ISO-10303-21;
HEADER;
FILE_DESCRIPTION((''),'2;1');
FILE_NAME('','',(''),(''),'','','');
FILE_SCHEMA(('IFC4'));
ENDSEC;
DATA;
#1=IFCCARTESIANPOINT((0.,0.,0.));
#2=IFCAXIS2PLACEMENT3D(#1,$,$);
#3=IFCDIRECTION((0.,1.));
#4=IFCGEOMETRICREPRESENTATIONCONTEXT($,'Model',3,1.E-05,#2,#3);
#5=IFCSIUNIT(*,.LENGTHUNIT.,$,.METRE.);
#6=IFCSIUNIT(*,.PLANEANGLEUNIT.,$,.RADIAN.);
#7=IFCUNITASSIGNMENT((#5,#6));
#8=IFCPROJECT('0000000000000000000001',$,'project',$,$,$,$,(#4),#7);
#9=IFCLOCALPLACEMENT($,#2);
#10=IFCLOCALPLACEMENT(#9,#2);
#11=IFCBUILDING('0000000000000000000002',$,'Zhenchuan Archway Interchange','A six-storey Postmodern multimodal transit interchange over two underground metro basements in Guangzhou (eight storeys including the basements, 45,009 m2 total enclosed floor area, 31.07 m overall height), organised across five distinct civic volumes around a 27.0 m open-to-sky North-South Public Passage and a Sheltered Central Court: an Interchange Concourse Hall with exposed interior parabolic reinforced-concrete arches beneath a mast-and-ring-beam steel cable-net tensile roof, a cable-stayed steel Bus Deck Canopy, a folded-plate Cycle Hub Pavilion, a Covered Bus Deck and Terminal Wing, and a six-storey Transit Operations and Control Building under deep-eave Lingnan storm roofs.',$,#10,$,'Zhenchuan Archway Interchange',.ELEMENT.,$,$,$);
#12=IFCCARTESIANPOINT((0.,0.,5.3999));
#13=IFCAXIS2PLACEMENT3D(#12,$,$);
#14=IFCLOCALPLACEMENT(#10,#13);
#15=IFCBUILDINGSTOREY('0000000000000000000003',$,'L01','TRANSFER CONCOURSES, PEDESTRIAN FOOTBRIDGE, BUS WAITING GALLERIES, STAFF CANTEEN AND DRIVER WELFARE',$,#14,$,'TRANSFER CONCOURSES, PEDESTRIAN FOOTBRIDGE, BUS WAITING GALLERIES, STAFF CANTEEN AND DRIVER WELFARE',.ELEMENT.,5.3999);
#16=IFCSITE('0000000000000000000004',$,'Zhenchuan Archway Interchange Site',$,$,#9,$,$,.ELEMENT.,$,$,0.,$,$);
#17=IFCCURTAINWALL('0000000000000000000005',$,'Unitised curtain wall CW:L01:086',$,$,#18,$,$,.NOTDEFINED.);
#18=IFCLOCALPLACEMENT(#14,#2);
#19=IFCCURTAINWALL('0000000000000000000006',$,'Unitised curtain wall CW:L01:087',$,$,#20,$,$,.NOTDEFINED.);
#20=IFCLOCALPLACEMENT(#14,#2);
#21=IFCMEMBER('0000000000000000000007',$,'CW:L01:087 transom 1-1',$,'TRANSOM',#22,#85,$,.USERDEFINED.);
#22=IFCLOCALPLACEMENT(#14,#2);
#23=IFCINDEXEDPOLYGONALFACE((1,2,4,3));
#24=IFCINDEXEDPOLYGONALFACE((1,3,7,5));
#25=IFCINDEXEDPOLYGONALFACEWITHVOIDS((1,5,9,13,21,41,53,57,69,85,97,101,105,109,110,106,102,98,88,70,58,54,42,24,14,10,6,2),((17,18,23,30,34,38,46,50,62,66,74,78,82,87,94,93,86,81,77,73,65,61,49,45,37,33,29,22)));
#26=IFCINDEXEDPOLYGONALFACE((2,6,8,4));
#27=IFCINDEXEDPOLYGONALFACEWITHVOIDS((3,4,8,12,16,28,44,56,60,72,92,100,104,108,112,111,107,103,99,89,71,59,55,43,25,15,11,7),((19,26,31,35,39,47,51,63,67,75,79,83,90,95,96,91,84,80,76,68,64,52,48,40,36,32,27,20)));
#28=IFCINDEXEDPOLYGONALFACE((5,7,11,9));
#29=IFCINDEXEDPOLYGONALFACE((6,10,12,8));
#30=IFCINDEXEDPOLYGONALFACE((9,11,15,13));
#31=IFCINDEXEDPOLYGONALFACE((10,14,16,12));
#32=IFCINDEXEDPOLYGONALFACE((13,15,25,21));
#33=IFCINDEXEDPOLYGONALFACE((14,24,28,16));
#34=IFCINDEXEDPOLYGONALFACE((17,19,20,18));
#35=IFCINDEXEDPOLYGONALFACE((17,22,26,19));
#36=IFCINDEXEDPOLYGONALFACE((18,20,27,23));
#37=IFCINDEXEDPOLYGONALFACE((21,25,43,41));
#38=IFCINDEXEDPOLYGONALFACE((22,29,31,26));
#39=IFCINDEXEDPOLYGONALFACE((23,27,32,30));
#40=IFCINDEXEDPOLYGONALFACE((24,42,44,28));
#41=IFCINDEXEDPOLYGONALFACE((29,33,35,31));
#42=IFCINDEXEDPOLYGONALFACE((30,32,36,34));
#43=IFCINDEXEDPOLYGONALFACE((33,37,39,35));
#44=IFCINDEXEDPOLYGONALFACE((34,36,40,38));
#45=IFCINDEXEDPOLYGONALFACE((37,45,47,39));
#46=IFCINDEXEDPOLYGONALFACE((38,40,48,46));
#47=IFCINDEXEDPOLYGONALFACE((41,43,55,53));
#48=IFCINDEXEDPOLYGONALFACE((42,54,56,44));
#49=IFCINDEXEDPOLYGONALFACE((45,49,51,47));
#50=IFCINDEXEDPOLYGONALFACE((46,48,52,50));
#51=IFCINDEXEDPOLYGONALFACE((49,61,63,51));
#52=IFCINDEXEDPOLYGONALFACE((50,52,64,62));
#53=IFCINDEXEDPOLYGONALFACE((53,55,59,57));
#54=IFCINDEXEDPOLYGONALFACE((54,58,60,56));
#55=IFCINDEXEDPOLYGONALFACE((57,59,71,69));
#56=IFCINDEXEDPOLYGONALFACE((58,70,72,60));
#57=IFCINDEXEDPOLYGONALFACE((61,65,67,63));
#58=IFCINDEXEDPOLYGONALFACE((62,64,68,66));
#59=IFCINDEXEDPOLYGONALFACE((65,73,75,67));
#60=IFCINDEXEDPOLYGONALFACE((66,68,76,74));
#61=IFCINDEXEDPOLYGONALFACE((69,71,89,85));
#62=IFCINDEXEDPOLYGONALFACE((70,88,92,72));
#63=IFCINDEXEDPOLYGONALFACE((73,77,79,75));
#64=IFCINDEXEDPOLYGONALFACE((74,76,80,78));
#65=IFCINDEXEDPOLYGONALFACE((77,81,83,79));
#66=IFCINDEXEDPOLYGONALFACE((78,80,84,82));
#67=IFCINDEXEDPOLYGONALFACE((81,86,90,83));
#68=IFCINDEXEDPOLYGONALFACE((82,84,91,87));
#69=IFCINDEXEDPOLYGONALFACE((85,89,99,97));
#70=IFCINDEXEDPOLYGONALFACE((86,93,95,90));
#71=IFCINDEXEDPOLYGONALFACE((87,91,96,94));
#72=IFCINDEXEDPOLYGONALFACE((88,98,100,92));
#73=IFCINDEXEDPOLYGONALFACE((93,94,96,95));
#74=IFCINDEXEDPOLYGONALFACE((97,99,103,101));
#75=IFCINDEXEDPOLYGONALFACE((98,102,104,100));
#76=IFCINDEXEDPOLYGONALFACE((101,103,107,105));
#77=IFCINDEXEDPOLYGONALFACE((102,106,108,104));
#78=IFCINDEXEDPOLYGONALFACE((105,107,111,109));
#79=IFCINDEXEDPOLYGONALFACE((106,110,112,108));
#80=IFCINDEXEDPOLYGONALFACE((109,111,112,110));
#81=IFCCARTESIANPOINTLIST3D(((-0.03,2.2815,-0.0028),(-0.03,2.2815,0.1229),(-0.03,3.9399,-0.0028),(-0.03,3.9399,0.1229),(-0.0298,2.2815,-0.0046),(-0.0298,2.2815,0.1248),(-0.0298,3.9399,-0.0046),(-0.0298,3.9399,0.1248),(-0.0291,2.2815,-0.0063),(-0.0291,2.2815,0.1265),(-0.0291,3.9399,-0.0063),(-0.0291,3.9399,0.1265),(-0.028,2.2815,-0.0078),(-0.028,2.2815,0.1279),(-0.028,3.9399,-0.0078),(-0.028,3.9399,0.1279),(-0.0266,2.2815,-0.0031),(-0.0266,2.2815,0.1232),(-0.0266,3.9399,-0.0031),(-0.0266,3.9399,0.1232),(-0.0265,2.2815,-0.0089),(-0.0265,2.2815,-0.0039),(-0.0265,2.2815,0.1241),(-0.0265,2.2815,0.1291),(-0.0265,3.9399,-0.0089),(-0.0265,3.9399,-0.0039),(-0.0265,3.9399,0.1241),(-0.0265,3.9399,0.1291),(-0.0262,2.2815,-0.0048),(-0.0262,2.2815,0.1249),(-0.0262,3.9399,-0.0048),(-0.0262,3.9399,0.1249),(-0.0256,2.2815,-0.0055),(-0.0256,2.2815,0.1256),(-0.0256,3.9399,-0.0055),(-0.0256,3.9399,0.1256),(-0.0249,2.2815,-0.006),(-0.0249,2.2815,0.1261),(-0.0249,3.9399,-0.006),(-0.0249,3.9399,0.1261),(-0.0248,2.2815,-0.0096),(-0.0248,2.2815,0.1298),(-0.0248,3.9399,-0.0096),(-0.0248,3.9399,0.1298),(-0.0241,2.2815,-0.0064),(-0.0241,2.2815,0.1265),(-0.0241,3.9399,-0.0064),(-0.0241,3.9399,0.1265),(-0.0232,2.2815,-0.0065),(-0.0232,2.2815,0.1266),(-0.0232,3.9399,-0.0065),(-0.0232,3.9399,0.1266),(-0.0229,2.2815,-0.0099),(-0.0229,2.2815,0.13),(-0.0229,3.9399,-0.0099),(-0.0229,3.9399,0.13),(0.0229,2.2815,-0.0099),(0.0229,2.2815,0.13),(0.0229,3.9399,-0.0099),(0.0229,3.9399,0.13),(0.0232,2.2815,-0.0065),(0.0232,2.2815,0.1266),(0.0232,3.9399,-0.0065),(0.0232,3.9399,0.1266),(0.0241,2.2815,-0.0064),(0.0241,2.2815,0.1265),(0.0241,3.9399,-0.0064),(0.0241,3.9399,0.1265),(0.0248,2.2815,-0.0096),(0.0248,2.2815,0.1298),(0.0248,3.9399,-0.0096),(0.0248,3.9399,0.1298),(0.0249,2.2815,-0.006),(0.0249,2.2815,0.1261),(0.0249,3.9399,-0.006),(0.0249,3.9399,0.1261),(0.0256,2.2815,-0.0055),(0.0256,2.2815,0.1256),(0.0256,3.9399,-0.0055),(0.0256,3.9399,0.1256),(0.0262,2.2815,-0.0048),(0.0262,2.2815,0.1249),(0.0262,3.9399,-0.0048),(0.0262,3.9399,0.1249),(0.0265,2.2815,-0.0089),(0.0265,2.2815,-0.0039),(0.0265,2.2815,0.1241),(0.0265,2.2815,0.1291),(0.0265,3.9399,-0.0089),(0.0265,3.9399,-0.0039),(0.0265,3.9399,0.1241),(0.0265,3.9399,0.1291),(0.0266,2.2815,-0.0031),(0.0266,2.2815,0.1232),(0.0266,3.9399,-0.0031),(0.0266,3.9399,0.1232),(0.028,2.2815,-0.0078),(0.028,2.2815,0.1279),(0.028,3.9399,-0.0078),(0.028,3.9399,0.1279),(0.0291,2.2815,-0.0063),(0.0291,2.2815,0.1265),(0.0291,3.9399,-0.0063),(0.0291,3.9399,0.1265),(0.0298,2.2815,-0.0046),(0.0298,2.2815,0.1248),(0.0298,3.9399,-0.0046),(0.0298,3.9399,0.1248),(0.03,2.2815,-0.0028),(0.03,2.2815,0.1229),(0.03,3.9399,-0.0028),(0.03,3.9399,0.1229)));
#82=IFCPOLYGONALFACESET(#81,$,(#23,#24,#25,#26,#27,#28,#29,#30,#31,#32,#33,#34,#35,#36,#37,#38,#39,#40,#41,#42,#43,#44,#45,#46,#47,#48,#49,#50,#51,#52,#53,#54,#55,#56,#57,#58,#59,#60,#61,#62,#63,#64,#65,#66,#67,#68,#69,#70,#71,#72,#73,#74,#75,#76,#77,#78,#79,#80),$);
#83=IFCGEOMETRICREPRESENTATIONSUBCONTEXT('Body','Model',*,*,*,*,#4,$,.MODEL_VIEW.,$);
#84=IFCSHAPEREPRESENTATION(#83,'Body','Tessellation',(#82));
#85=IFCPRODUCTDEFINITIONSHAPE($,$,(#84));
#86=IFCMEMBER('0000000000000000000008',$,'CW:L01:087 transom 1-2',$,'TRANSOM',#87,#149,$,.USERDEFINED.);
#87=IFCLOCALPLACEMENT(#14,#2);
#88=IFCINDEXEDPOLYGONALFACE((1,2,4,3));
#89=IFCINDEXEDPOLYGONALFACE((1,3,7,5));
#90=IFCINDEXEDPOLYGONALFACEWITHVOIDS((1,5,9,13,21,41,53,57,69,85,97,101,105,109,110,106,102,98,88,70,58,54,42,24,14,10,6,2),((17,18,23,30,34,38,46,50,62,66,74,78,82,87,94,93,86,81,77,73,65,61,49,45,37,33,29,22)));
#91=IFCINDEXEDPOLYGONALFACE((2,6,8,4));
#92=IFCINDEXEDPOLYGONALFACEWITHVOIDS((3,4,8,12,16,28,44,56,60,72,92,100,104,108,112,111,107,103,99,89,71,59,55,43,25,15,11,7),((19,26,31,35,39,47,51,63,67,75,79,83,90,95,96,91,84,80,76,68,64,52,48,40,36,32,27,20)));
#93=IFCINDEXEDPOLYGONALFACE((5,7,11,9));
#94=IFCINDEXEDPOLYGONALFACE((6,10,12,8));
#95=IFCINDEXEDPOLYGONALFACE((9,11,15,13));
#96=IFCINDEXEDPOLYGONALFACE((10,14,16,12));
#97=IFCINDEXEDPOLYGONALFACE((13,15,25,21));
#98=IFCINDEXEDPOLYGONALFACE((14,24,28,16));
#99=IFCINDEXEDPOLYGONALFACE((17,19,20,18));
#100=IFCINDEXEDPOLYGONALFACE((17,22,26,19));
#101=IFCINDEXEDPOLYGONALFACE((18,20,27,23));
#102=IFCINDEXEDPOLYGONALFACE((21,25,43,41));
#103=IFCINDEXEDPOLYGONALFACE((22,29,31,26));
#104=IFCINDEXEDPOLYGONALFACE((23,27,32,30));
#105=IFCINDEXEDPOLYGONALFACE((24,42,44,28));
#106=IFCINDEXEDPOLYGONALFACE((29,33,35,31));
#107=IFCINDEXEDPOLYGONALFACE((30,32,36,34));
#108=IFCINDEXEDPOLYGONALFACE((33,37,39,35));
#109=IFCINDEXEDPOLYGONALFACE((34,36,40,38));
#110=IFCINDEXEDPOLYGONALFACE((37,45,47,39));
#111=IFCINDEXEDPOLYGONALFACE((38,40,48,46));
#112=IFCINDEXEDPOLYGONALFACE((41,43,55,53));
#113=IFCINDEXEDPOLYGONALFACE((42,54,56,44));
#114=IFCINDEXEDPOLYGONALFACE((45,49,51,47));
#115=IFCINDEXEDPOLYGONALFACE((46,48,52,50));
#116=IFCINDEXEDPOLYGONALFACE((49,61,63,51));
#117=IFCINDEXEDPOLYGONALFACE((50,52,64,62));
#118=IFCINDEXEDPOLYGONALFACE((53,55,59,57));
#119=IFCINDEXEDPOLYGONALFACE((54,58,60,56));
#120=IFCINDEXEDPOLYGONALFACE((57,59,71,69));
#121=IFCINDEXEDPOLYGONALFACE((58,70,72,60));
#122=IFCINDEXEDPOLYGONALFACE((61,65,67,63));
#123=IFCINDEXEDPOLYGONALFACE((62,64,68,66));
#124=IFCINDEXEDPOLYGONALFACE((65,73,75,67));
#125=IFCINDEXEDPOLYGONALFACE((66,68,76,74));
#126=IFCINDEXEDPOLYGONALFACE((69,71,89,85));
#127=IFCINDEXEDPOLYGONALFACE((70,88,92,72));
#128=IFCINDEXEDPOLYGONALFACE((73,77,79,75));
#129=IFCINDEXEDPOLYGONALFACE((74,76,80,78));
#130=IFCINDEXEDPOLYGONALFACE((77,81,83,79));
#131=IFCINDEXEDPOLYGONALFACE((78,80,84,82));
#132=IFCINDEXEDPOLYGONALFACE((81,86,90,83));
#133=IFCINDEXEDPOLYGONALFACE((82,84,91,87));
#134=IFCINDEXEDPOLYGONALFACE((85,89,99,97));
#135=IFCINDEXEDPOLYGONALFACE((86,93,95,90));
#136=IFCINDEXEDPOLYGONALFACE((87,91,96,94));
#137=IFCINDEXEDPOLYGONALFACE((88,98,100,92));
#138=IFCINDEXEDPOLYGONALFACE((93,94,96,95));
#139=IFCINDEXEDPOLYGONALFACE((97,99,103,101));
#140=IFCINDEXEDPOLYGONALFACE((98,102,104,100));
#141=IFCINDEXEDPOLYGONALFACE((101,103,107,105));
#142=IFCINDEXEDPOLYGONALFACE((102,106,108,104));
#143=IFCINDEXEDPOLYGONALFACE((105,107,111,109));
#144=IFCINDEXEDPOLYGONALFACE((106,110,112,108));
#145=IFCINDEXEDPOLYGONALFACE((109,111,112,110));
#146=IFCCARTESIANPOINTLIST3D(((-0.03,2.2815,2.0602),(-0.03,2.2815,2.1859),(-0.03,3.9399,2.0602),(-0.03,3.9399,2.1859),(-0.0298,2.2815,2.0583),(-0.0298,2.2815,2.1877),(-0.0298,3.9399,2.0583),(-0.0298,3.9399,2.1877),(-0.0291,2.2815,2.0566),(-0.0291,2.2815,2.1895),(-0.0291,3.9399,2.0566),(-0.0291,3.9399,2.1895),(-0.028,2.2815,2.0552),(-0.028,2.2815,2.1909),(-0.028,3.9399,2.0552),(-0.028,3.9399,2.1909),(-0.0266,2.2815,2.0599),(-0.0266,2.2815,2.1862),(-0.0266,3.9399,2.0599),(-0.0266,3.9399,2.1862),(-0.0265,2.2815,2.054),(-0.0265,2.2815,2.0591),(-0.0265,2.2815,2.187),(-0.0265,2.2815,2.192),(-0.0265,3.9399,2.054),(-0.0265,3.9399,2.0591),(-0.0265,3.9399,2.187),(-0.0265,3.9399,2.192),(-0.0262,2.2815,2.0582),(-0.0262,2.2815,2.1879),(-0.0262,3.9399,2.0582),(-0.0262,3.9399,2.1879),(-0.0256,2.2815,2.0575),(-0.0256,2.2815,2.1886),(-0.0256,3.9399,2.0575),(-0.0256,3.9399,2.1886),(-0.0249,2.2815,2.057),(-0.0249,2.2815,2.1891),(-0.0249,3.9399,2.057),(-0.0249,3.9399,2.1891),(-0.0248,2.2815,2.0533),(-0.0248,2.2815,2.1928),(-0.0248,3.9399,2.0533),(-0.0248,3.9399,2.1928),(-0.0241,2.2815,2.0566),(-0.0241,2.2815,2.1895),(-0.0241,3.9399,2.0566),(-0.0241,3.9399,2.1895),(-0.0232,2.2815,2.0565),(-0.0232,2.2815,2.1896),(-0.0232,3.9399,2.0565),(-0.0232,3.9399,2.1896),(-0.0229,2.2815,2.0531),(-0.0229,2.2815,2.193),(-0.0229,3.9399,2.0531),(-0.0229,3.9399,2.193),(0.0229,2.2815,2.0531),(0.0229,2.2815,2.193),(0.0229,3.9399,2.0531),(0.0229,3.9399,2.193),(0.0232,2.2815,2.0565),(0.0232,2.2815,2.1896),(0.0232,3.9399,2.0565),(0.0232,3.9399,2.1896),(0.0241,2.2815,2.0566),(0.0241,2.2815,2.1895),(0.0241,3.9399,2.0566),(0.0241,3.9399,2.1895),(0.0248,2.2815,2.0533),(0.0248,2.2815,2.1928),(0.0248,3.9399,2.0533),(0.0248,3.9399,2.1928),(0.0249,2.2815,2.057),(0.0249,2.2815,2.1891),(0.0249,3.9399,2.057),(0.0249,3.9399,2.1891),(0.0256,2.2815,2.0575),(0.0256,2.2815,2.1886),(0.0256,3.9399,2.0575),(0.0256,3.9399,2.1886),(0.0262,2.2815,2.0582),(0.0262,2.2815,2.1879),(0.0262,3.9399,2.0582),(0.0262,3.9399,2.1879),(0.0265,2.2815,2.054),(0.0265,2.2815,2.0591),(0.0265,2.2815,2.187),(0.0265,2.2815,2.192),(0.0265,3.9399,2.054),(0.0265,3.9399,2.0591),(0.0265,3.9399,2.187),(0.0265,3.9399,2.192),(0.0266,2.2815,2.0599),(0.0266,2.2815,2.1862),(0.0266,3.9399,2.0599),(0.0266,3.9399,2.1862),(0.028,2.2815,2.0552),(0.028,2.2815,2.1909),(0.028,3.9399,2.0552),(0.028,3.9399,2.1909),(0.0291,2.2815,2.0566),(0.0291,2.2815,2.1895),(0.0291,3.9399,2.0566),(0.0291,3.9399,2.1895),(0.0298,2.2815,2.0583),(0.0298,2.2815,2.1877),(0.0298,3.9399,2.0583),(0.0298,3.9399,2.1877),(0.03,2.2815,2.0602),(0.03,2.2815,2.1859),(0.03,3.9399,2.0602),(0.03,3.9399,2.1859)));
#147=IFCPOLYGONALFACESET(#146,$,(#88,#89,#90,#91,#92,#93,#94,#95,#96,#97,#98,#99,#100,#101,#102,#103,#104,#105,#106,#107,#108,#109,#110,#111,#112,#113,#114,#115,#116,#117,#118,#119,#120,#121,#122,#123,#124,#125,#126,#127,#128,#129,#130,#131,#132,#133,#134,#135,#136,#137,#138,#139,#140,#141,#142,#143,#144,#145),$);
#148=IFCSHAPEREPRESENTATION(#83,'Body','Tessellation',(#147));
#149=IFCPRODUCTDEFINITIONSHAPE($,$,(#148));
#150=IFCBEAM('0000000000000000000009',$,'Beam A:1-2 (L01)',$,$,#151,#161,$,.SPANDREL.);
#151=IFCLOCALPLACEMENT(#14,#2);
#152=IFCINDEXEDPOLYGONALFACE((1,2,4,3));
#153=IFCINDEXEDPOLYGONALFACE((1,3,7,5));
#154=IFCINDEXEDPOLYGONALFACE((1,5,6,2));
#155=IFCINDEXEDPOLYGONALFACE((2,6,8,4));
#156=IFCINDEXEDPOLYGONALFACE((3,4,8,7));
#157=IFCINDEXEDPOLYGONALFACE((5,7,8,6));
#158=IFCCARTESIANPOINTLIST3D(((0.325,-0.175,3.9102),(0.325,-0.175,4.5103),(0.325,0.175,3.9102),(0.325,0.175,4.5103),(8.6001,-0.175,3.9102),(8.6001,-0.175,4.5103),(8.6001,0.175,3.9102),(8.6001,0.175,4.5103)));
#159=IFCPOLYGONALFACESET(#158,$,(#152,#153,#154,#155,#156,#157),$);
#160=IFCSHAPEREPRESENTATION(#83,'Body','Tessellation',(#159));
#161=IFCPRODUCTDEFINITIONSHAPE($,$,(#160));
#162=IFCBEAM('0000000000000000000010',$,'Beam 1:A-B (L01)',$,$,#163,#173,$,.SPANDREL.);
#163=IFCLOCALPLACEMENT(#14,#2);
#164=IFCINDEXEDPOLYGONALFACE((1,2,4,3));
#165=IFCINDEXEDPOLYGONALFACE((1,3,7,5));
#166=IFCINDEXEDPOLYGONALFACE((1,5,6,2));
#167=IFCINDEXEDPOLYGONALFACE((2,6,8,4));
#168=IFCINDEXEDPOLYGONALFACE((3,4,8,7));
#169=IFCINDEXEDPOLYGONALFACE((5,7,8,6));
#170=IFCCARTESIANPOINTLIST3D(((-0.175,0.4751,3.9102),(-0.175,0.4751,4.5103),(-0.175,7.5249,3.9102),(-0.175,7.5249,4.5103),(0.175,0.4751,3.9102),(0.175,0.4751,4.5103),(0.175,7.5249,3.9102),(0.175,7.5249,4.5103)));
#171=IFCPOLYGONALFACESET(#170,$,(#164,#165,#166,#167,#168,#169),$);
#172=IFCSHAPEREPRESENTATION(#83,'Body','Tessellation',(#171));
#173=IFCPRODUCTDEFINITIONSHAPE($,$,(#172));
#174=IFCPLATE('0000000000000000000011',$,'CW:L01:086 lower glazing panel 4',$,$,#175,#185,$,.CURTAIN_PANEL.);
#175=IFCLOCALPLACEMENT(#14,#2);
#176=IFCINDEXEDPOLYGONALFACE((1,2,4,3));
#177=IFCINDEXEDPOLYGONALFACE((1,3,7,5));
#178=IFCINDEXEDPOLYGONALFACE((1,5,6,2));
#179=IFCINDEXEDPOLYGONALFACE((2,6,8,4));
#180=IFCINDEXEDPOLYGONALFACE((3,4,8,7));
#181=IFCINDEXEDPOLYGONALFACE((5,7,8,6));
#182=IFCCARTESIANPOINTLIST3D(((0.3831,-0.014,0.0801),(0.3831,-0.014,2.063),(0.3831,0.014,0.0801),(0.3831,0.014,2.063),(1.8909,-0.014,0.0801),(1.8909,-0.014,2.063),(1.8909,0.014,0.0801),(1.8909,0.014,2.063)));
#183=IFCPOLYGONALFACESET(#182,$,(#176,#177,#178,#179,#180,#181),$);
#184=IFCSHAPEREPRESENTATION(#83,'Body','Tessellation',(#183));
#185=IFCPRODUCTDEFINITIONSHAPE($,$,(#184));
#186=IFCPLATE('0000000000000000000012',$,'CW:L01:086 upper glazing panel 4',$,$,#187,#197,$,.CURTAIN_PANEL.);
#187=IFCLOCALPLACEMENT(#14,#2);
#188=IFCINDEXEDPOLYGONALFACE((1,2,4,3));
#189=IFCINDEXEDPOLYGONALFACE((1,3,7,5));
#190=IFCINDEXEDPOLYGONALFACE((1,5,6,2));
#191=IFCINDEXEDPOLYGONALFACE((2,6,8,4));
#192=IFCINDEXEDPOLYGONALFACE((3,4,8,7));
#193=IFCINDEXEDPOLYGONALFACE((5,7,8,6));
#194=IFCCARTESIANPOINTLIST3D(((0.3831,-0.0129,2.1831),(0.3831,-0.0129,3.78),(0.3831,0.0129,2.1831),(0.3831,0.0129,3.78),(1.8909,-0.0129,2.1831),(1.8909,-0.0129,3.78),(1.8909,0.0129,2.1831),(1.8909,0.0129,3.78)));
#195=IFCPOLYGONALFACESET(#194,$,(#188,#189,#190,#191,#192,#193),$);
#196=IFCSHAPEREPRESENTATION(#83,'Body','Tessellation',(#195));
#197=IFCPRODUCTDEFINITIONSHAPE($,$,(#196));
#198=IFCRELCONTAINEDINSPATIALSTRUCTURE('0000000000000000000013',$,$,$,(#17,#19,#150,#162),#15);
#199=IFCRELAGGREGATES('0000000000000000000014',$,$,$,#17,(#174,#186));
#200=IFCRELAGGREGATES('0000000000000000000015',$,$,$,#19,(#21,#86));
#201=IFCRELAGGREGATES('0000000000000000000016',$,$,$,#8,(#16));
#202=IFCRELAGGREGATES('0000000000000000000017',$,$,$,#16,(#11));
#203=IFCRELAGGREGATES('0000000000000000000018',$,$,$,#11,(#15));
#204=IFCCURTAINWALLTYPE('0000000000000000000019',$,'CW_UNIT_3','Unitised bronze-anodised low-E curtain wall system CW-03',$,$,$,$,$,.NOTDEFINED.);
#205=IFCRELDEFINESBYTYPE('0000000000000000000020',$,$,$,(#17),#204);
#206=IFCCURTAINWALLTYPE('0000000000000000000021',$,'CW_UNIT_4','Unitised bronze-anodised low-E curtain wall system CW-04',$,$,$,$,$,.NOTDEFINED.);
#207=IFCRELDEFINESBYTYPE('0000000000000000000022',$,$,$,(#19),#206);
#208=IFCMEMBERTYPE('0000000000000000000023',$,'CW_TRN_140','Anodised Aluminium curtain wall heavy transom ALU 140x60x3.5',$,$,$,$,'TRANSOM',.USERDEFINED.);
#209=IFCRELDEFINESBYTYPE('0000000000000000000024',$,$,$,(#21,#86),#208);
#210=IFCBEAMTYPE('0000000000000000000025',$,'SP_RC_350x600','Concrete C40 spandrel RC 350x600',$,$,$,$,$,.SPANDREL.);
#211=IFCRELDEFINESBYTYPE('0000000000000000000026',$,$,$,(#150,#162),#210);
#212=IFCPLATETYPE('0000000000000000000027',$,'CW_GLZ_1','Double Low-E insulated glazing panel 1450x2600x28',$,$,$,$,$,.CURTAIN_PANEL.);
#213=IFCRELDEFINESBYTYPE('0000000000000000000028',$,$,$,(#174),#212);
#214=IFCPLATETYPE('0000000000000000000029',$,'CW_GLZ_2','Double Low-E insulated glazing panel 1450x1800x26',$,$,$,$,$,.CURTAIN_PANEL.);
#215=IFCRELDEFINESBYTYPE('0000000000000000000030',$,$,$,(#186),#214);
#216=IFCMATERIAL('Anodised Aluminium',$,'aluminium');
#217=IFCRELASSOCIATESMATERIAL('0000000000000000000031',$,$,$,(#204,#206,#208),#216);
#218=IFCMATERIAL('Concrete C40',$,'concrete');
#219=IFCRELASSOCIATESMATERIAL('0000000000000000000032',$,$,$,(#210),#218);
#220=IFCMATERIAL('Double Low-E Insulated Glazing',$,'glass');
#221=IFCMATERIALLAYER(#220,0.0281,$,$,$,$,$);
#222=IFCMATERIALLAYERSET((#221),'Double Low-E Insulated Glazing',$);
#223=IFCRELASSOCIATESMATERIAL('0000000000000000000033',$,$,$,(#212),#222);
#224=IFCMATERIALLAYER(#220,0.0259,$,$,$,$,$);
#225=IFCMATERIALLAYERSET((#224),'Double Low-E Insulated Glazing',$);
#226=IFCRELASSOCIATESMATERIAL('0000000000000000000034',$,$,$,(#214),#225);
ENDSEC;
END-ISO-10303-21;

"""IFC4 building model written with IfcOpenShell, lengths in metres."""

from ifc_helpers import new_model, si_unit, direction, frame, origin, origin_2d, place, context, subcontext, project, spatial, rectangle, hollow_rectangle, extrude, material, layer, layer_set, material_profile, profile_set, type_object, element, aggregate, save


model = new_model("IFC4")

# Units and contexts
model_context = context("Model", 3, precision=1e-05, world=origin(), true_north=direction((0.0, 1.0)))
body_context = subcontext(model_context, "Body", "Model", "MODEL_VIEW")
ifc_project = project(units=[si_unit("LENGTHUNIT", "METRE"), si_unit("PLANEANGLEUNIT", "RADIAN")], contexts=[model_context])

# Site, building, storey
site_placement = place(None, origin())
site = spatial("IfcSite", under=ifc_project, at=site_placement, Name="Zhenchuan Archway Interchange Site", CompositionType="ELEMENT", RefElevation=0.0)
building_placement = place(site_placement, origin())
building = spatial("IfcBuilding", under=site, at=building_placement, Name="Zhenchuan Archway Interchange", Description="A six-storey Postmodern multimodal transit interchange over two underground metro basements in Guangzhou (eight storeys including the basements, 45,009 m2 total enclosed floor area, 31.07 m overall height), organised across five distinct civic volumes around a 27.0 m open-to-sky North-South Public Passage and a Sheltered Central Court: an Interchange Concourse Hall with exposed interior parabolic reinforced-concrete arches beneath a mast-and-ring-beam steel cable-net tensile roof, a cable-stayed steel Bus Deck Canopy, a folded-plate Cycle Hub Pavilion, a Covered Bus Deck and Terminal Wing, and a six-storey Transit Operations and Control Building under deep-eave Lingnan storm roofs.", LongName="Zhenchuan Archway Interchange", CompositionType="ELEMENT")
storey_placement = place(building_placement, frame((0.0, 0.0, 5.3999)))
storey = spatial("IfcBuildingStorey", under=building, at=storey_placement, Name="L01", Description="TRANSFER CONCOURSES, PEDESTRIAN FOOTBRIDGE, BUS WAITING GALLERIES, STAFF CANTEEN AND DRIVER WELFARE", LongName="TRANSFER CONCOURSES, PEDESTRIAN FOOTBRIDGE, BUS WAITING GALLERIES, STAFF CANTEEN AND DRIVER WELFARE", CompositionType="ELEMENT", Elevation=5.3999)

# Curtain walls, members
ifc_material_1 = material(Name="Anodised Aluminium", Category="aluminium")
curtain_wall_type_1 = type_object("IfcCurtainWallType", Name="CW_UNIT_3", Description="Unitised bronze-anodised low-E curtain wall system CW-03", PredefinedType="NOTDEFINED", material=ifc_material_1)
curtain_wall_1_placement = place(storey_placement, origin())
curtain_wall_1 = element("IfcCurtainWall", 1, at=curtain_wall_1_placement, inside=storey, type_object=curtain_wall_type_1, Name="Unitised curtain wall CW:L01:086", PredefinedType="NOTDEFINED")
ifc_material_profile_1 = material_profile(ifc_material_1, hollow_rectangle(XDim=0.0601, YDim=0.1399, WallThickness=0.0034, InnerFilletRadius=0.0034, OuterFilletRadius=0.0071, at=origin_2d()), Name="ALU 140x60x3.5")
ifc_profile_set_1 = profile_set([ifc_material_profile_1], Name="Anodised Aluminium")
member_type = type_object("IfcMemberType", Name="CW_TRN_140", Description="Anodised Aluminium curtain wall heavy transom ALU 140x60x3.5", ElementType="TRANSOM", PredefinedType="USERDEFINED", material=ifc_profile_set_1)
curtain_wall_type_2 = type_object("IfcCurtainWallType", Name="CW_UNIT_4", Description="Unitised bronze-anodised low-E curtain wall system CW-04", PredefinedType="NOTDEFINED", material=ifc_material_1)
curtain_wall_2_placement = place(storey_placement, origin())
curtain_wall_2 = element("IfcCurtainWall", 2, at=curtain_wall_2_placement, inside=storey, type_object=curtain_wall_type_2, Name="Unitised curtain wall CW:L01:087", PredefinedType="NOTDEFINED")
member_1_placement = place(storey_placement, frame((0.0, 2.2815, 0.0601), z_axis=(0.0, 1.0, 0.0), x_axis=(-1.0, 0.0, 0.0)))
member_1 = element("IfcMember", 3, at=member_1_placement, type_object=member_type, Name="CW:L01:087 transom 1-1", ObjectType="TRANSOM", PredefinedType="USERDEFINED", context=body_context, shape_type="SweptSolid", body=[
    extrude(hollow_rectangle(XDim=0.0601, YDim=0.1399, WallThickness=0.0034, InnerFilletRadius=0.0034, OuterFilletRadius=0.0071, at=origin_2d()), origin(), (0.0, 0.0, 1.0), 1.6584),
])
member_2_placement = place(storey_placement, frame((0.0, 2.2815, 2.123), z_axis=(0.0, 1.0, 0.0), x_axis=(-1.0, 0.0, 0.0)))
member_2 = element("IfcMember", 4, at=member_2_placement, type_object=member_type, Name="CW:L01:087 transom 1-2", ObjectType="TRANSOM", PredefinedType="USERDEFINED", context=body_context, shape_type="SweptSolid", body=[
    extrude(hollow_rectangle(XDim=0.0601, YDim=0.1399, WallThickness=0.0034, InnerFilletRadius=0.0034, OuterFilletRadius=0.0071, at=origin_2d()), origin(), (0.0, 0.0, 1.0), 1.6584),
])

# Beams
ifc_material_2 = material(Name="Concrete C40", Category="concrete")
ifc_material_profile_2 = material_profile(ifc_material_2, rectangle(XDim=0.3501, YDim=0.6001, at=origin_2d()), Name="RC 350x600")
ifc_profile_set_2 = profile_set([ifc_material_profile_2], Name="Concrete C40")
beam_type = type_object("IfcBeamType", Name="SP_RC_350x600", Description="Concrete C40 spandrel RC 350x600", PredefinedType="SPANDREL", material=ifc_profile_set_2)
beam_1_placement = place(storey_placement, frame((0.325, 0.0, 4.2102), z_axis=(1.0, 0.0, 0.0), x_axis=(0.0, 1.0, 0.0)))
element("IfcBeam", 5, at=beam_1_placement, inside=storey, type_object=beam_type, Name="Beam A:1-2 (L01)", PredefinedType="SPANDREL", context=body_context, shape_type="SweptSolid", body=[
    extrude(rectangle(XDim=0.3501, YDim=0.6001, at=origin_2d()), origin(), (0.0, 0.0, 1.0), 8.2751),
])
beam_2_placement = place(storey_placement, frame((0.0, 0.4751, 4.2102), z_axis=(0.0, 1.0, 0.0), x_axis=(-1.0, 0.0, 0.0)))
element("IfcBeam", 6, at=beam_2_placement, inside=storey, type_object=beam_type, Name="Beam 1:A-B (L01)", PredefinedType="SPANDREL", context=body_context, shape_type="SweptSolid", body=[
    extrude(rectangle(XDim=0.3501, YDim=0.6001, at=origin_2d()), origin(), (0.0, 0.0, 1.0), 7.0498),
])

# Plates
ifc_material_3 = material(Name="Double Low-E Insulated Glazing", Category="glass")
ifc_layer_1 = layer(ifc_material_3, 0.0281)
ifc_layer_set_1 = layer_set([ifc_layer_1], Name="Double Low-E Insulated Glazing")
plate_type_1 = type_object("IfcPlateType", Name="CW_GLZ_1", Description="Double Low-E insulated glazing panel 1450x2600x28", PredefinedType="CURTAIN_PANEL", material=ifc_layer_set_1)
plate_1_placement = place(storey_placement, frame((1.137, 0.0, 0.0801), z_axis=(0.0, 0.0, 1.0), x_axis=(-1.0, 0.0, 0.0)))
plate_1 = element("IfcPlate", 7, at=plate_1_placement, type_object=plate_type_1, Name="CW:L01:086 lower glazing panel 4", PredefinedType="CURTAIN_PANEL", context=body_context, shape_type="SweptSolid", body=[
    extrude(rectangle(XDim=1.5078, YDim=0.0281, at=origin_2d()), origin(), (0.0, 0.0, 1.0), 1.9829),
])
ifc_layer_2 = layer(ifc_material_3, 0.0259)
ifc_layer_set_2 = layer_set([ifc_layer_2], Name="Double Low-E Insulated Glazing")
plate_type_2 = type_object("IfcPlateType", Name="CW_GLZ_2", Description="Double Low-E insulated glazing panel 1450x1800x26", PredefinedType="CURTAIN_PANEL", material=ifc_layer_set_2)
plate_2_placement = place(storey_placement, frame((1.137, 0.0, 2.1831), z_axis=(0.0, 0.0, 1.0), x_axis=(-1.0, 0.0, 0.0)))
plate_2 = element("IfcPlate", 8, at=plate_2_placement, type_object=plate_type_2, Name="CW:L01:086 upper glazing panel 4", PredefinedType="CURTAIN_PANEL", context=body_context, shape_type="SweptSolid", body=[
    extrude(rectangle(XDim=1.5078, YDim=0.0259, at=origin_2d()), origin(), (0.0, 0.0, 1.0), 1.5969),
])
aggregate(curtain_wall_1, [plate_1, plate_2])
aggregate(curtain_wall_2, [member_1, member_2])

save(model, "model.ifc")
